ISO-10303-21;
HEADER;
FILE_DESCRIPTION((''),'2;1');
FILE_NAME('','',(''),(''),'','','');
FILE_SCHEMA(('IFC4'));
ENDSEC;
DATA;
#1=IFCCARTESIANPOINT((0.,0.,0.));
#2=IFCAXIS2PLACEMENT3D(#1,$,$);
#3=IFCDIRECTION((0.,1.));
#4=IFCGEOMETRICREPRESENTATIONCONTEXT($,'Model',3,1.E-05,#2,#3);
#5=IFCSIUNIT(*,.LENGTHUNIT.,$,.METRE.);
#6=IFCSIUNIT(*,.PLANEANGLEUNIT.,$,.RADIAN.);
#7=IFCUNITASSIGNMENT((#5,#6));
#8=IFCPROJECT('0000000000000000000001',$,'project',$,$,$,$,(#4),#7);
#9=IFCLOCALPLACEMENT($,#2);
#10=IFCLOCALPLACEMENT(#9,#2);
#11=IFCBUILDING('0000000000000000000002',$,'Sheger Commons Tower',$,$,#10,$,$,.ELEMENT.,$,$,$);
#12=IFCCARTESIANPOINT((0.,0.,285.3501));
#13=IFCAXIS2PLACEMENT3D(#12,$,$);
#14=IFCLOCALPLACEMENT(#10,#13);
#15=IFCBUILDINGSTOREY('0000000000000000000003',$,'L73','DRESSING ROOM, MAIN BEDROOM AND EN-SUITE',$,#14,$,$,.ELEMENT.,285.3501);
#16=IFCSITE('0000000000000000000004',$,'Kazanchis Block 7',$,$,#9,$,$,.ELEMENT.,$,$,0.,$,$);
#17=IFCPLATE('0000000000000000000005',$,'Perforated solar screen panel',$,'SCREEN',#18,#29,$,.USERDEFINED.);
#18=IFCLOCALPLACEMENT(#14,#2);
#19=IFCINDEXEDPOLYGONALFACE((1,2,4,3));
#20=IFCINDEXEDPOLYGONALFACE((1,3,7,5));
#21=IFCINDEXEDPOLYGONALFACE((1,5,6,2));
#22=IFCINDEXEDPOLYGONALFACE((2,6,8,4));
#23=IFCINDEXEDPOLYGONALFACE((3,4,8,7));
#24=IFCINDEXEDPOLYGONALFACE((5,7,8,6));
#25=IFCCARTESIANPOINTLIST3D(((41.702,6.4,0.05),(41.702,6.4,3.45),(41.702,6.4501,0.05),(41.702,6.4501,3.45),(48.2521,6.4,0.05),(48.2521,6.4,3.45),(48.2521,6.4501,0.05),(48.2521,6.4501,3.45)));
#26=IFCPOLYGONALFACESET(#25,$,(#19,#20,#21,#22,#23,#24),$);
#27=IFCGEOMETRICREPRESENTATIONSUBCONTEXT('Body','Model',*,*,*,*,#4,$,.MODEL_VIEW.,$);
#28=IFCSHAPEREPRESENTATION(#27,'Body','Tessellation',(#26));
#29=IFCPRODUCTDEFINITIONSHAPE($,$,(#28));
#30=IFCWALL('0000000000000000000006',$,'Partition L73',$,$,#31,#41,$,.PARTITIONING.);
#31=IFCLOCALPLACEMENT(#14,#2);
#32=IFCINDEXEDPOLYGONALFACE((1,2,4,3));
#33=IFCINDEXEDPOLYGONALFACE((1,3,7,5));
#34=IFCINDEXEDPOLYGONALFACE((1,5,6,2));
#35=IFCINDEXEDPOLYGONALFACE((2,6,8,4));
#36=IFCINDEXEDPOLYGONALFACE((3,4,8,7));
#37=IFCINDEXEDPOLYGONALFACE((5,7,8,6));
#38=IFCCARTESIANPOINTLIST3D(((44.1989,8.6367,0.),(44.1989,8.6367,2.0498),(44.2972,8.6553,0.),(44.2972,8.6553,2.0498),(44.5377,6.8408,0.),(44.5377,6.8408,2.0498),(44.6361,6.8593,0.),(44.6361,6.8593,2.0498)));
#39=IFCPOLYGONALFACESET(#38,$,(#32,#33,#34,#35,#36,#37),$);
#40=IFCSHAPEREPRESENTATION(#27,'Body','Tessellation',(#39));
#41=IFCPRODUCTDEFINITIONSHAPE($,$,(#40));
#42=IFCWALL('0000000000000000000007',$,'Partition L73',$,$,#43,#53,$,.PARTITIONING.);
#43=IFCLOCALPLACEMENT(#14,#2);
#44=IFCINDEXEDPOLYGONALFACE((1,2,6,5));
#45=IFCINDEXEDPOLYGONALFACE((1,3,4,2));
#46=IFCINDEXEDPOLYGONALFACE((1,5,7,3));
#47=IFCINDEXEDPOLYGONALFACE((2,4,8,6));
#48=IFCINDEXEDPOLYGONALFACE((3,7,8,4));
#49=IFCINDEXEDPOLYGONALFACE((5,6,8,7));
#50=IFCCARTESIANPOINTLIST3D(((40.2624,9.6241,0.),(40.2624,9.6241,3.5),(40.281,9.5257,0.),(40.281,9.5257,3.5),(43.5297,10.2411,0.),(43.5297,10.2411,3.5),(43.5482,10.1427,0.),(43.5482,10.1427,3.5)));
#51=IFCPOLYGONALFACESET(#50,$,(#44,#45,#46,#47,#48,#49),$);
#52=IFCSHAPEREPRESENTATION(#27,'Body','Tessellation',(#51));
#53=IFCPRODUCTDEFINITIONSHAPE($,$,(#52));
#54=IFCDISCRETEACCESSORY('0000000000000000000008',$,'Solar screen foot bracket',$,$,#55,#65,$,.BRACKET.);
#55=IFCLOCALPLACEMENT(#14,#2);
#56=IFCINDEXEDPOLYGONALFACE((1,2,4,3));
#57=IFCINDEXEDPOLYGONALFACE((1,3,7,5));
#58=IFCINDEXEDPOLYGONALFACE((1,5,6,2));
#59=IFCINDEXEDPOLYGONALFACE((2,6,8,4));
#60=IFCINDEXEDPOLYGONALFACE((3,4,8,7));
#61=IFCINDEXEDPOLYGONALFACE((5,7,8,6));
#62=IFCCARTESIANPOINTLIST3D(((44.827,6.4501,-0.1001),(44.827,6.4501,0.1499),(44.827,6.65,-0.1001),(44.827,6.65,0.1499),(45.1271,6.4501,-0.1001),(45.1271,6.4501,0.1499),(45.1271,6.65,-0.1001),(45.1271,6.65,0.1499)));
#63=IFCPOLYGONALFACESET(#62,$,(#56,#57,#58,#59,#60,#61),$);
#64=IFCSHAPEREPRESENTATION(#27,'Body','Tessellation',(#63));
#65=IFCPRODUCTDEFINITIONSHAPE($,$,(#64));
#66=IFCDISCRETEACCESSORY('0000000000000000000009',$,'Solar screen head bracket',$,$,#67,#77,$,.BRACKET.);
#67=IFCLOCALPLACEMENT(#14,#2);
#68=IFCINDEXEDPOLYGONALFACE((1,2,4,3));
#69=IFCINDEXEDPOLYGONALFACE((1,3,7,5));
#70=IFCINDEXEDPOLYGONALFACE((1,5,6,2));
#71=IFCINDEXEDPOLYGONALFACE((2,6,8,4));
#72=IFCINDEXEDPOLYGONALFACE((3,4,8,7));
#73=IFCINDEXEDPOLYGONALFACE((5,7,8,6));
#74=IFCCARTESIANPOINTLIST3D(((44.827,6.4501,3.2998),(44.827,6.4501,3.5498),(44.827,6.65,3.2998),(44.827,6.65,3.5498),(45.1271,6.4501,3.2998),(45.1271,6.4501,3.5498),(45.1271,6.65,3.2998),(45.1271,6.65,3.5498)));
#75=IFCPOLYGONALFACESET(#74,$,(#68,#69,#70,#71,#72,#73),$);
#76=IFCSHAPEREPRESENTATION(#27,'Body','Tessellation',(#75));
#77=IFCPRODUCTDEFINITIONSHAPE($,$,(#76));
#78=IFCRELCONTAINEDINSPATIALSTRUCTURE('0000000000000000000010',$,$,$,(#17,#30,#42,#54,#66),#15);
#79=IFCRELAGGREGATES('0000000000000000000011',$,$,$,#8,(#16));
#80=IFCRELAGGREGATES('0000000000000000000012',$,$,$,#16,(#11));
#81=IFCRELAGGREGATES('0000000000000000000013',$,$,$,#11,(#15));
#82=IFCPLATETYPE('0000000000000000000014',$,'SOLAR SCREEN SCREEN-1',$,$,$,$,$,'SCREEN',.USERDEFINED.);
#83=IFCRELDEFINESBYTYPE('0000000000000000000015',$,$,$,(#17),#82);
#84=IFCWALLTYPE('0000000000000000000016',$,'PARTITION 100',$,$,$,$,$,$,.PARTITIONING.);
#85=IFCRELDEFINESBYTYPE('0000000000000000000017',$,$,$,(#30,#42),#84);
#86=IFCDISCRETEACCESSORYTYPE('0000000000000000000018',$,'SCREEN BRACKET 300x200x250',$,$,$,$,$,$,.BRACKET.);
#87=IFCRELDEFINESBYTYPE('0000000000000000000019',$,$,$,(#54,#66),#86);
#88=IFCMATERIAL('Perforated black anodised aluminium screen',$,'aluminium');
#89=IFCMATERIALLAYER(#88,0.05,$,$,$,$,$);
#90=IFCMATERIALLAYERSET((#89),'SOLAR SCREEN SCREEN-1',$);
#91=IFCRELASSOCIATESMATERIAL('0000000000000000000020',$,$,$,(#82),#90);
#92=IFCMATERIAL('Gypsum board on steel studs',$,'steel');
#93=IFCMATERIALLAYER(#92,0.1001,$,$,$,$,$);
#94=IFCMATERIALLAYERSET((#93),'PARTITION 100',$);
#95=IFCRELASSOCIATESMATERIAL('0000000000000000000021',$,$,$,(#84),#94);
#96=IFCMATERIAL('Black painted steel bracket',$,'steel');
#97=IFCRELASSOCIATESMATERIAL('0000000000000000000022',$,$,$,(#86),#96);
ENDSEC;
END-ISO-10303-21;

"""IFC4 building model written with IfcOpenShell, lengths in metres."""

from ifc_helpers import new_model, si_unit, direction, frame, frame_2d, origin, origin_2d, place, context, subcontext, project, spatial, rectangle, extrude, material, layer, layer_set, type_object, element, save


model = new_model("IFC4")

# Units and contexts
model_context = context("Model", 3, precision=1e-05, world=origin(), true_north=direction((0.0, 1.0)))
body_context = subcontext(model_context, "Body", "Model", "MODEL_VIEW")
ifc_project = project(units=[si_unit("LENGTHUNIT", "METRE"), si_unit("PLANEANGLEUNIT", "RADIAN")], contexts=[model_context])

# Site, building, storey
site_placement = place(None, origin())
site = spatial("IfcSite", under=ifc_project, at=site_placement, Name="Kazanchis Block 7", CompositionType="ELEMENT", RefElevation=0.0)
building_placement = place(site_placement, origin())
building = spatial("IfcBuilding", under=site, at=building_placement, Name="Sheger Commons Tower", CompositionType="ELEMENT")
storey_placement = place(building_placement, frame((0.0, 0.0, 285.3501)))
storey = spatial("IfcBuildingStorey", under=building, at=storey_placement, Name="L73", Description="DRESSING ROOM, MAIN BEDROOM AND EN-SUITE", CompositionType="ELEMENT", Elevation=285.3501)

# Plate
ifc_material_1 = material(Name="Perforated black anodised aluminium screen", Category="aluminium")
ifc_layer_1 = layer(ifc_material_1, 0.05)
ifc_layer_set_1 = layer_set([ifc_layer_1], Name="SOLAR SCREEN SCREEN-1")
plate_type_1 = type_object("IfcPlateType", Name="SOLAR SCREEN SCREEN-1", ElementType="SCREEN", PredefinedType="USERDEFINED", material=ifc_layer_set_1)
plate_1_placement = place(storey_placement, frame((44.9771, 6.425, 0.05), z_axis=(0.0, 0.0, 1.0), x_axis=(1.0, 0.0, 0.0)))
element("IfcPlate", 1, at=plate_1_placement, inside=storey, type_object=plate_type_1, Name="Perforated solar screen panel", ObjectType="SCREEN", PredefinedType="USERDEFINED", context=body_context, shape_type="SweptSolid", body=[
    extrude(rectangle(XDim=6.55, YDim=0.05, at=origin_2d()), origin(), (0.0, 0.0, 1.0), 3.3999),
])

# Walls
ifc_material_2 = material(Name="Gypsum board on steel studs", Category="steel")
ifc_layer_2 = layer(ifc_material_2, 0.1001)
ifc_layer_set_2 = layer_set([ifc_layer_2], Name="PARTITION 100")
wall_type = type_object("IfcWallType", Name="PARTITION 100", PredefinedType="PARTITIONING", material=ifc_layer_set_2)
wall_1_placement = place(storey_placement, frame((44.248, 8.646, 0.0), z_axis=(0.0, 0.0, 1.0), x_axis=(0.185418, -0.98266, 0.0)))
element("IfcWall", 2, at=wall_1_placement, inside=storey, type_object=wall_type, Name="Partition L73", PredefinedType="PARTITIONING", context=body_context, shape_type="SweptSolid", body=[
    extrude(rectangle(XDim=1.8276, YDim=0.1001, at=frame_2d((0.9138, 0.0))), origin(), (0.0, 0.0, 1.0), 2.0498),
])
wall_2_placement = place(storey_placement, frame((43.5391, 10.1919, 0.0), z_axis=(0.0, 0.0, 1.0), x_axis=(-0.982634, -0.185556, 0.0)))
element("IfcWall", 3, at=wall_2_placement, inside=storey, type_object=wall_type, Name="Partition L73", PredefinedType="PARTITIONING", context=body_context, shape_type="SweptSolid", body=[
    extrude(rectangle(XDim=3.325, YDim=0.1001, at=frame_2d((1.6626, 0.0))), origin(), (0.0, 0.0, 1.0), 3.5),
])

# Discrete accessories
ifc_material_3 = material(Name="Black painted steel bracket", Category="steel")
discrete_accessory_type = type_object("IfcDiscreteAccessoryType", Name="SCREEN BRACKET 300x200x250", PredefinedType="BRACKET", material=ifc_material_3)
for number, where, z_axis, x_axis, name in (
    (4, (44.9771, 6.55, -0.1001), (0.0, 0.0, 1.0), (1.0, 0.0, 0.0), "Solar screen foot bracket"),
    (5, (44.9771, 6.55, 3.2998), (0.0, 0.0, 1.0), (1.0, 0.0, 0.0), "Solar screen head bracket"),
):
    element("IfcDiscreteAccessory", number, at=place(storey_placement, frame(where, z_axis=z_axis, x_axis=x_axis)), inside=storey, type_object=discrete_accessory_type, Name=name, PredefinedType="BRACKET", context=body_context, shape_type="SweptSolid", body=[
        extrude(rectangle(XDim=0.3, YDim=0.2, at=origin_2d()), origin(), (0.0, 0.0, 1.0), 0.25),
    ])

save(model, "model.ifc")
